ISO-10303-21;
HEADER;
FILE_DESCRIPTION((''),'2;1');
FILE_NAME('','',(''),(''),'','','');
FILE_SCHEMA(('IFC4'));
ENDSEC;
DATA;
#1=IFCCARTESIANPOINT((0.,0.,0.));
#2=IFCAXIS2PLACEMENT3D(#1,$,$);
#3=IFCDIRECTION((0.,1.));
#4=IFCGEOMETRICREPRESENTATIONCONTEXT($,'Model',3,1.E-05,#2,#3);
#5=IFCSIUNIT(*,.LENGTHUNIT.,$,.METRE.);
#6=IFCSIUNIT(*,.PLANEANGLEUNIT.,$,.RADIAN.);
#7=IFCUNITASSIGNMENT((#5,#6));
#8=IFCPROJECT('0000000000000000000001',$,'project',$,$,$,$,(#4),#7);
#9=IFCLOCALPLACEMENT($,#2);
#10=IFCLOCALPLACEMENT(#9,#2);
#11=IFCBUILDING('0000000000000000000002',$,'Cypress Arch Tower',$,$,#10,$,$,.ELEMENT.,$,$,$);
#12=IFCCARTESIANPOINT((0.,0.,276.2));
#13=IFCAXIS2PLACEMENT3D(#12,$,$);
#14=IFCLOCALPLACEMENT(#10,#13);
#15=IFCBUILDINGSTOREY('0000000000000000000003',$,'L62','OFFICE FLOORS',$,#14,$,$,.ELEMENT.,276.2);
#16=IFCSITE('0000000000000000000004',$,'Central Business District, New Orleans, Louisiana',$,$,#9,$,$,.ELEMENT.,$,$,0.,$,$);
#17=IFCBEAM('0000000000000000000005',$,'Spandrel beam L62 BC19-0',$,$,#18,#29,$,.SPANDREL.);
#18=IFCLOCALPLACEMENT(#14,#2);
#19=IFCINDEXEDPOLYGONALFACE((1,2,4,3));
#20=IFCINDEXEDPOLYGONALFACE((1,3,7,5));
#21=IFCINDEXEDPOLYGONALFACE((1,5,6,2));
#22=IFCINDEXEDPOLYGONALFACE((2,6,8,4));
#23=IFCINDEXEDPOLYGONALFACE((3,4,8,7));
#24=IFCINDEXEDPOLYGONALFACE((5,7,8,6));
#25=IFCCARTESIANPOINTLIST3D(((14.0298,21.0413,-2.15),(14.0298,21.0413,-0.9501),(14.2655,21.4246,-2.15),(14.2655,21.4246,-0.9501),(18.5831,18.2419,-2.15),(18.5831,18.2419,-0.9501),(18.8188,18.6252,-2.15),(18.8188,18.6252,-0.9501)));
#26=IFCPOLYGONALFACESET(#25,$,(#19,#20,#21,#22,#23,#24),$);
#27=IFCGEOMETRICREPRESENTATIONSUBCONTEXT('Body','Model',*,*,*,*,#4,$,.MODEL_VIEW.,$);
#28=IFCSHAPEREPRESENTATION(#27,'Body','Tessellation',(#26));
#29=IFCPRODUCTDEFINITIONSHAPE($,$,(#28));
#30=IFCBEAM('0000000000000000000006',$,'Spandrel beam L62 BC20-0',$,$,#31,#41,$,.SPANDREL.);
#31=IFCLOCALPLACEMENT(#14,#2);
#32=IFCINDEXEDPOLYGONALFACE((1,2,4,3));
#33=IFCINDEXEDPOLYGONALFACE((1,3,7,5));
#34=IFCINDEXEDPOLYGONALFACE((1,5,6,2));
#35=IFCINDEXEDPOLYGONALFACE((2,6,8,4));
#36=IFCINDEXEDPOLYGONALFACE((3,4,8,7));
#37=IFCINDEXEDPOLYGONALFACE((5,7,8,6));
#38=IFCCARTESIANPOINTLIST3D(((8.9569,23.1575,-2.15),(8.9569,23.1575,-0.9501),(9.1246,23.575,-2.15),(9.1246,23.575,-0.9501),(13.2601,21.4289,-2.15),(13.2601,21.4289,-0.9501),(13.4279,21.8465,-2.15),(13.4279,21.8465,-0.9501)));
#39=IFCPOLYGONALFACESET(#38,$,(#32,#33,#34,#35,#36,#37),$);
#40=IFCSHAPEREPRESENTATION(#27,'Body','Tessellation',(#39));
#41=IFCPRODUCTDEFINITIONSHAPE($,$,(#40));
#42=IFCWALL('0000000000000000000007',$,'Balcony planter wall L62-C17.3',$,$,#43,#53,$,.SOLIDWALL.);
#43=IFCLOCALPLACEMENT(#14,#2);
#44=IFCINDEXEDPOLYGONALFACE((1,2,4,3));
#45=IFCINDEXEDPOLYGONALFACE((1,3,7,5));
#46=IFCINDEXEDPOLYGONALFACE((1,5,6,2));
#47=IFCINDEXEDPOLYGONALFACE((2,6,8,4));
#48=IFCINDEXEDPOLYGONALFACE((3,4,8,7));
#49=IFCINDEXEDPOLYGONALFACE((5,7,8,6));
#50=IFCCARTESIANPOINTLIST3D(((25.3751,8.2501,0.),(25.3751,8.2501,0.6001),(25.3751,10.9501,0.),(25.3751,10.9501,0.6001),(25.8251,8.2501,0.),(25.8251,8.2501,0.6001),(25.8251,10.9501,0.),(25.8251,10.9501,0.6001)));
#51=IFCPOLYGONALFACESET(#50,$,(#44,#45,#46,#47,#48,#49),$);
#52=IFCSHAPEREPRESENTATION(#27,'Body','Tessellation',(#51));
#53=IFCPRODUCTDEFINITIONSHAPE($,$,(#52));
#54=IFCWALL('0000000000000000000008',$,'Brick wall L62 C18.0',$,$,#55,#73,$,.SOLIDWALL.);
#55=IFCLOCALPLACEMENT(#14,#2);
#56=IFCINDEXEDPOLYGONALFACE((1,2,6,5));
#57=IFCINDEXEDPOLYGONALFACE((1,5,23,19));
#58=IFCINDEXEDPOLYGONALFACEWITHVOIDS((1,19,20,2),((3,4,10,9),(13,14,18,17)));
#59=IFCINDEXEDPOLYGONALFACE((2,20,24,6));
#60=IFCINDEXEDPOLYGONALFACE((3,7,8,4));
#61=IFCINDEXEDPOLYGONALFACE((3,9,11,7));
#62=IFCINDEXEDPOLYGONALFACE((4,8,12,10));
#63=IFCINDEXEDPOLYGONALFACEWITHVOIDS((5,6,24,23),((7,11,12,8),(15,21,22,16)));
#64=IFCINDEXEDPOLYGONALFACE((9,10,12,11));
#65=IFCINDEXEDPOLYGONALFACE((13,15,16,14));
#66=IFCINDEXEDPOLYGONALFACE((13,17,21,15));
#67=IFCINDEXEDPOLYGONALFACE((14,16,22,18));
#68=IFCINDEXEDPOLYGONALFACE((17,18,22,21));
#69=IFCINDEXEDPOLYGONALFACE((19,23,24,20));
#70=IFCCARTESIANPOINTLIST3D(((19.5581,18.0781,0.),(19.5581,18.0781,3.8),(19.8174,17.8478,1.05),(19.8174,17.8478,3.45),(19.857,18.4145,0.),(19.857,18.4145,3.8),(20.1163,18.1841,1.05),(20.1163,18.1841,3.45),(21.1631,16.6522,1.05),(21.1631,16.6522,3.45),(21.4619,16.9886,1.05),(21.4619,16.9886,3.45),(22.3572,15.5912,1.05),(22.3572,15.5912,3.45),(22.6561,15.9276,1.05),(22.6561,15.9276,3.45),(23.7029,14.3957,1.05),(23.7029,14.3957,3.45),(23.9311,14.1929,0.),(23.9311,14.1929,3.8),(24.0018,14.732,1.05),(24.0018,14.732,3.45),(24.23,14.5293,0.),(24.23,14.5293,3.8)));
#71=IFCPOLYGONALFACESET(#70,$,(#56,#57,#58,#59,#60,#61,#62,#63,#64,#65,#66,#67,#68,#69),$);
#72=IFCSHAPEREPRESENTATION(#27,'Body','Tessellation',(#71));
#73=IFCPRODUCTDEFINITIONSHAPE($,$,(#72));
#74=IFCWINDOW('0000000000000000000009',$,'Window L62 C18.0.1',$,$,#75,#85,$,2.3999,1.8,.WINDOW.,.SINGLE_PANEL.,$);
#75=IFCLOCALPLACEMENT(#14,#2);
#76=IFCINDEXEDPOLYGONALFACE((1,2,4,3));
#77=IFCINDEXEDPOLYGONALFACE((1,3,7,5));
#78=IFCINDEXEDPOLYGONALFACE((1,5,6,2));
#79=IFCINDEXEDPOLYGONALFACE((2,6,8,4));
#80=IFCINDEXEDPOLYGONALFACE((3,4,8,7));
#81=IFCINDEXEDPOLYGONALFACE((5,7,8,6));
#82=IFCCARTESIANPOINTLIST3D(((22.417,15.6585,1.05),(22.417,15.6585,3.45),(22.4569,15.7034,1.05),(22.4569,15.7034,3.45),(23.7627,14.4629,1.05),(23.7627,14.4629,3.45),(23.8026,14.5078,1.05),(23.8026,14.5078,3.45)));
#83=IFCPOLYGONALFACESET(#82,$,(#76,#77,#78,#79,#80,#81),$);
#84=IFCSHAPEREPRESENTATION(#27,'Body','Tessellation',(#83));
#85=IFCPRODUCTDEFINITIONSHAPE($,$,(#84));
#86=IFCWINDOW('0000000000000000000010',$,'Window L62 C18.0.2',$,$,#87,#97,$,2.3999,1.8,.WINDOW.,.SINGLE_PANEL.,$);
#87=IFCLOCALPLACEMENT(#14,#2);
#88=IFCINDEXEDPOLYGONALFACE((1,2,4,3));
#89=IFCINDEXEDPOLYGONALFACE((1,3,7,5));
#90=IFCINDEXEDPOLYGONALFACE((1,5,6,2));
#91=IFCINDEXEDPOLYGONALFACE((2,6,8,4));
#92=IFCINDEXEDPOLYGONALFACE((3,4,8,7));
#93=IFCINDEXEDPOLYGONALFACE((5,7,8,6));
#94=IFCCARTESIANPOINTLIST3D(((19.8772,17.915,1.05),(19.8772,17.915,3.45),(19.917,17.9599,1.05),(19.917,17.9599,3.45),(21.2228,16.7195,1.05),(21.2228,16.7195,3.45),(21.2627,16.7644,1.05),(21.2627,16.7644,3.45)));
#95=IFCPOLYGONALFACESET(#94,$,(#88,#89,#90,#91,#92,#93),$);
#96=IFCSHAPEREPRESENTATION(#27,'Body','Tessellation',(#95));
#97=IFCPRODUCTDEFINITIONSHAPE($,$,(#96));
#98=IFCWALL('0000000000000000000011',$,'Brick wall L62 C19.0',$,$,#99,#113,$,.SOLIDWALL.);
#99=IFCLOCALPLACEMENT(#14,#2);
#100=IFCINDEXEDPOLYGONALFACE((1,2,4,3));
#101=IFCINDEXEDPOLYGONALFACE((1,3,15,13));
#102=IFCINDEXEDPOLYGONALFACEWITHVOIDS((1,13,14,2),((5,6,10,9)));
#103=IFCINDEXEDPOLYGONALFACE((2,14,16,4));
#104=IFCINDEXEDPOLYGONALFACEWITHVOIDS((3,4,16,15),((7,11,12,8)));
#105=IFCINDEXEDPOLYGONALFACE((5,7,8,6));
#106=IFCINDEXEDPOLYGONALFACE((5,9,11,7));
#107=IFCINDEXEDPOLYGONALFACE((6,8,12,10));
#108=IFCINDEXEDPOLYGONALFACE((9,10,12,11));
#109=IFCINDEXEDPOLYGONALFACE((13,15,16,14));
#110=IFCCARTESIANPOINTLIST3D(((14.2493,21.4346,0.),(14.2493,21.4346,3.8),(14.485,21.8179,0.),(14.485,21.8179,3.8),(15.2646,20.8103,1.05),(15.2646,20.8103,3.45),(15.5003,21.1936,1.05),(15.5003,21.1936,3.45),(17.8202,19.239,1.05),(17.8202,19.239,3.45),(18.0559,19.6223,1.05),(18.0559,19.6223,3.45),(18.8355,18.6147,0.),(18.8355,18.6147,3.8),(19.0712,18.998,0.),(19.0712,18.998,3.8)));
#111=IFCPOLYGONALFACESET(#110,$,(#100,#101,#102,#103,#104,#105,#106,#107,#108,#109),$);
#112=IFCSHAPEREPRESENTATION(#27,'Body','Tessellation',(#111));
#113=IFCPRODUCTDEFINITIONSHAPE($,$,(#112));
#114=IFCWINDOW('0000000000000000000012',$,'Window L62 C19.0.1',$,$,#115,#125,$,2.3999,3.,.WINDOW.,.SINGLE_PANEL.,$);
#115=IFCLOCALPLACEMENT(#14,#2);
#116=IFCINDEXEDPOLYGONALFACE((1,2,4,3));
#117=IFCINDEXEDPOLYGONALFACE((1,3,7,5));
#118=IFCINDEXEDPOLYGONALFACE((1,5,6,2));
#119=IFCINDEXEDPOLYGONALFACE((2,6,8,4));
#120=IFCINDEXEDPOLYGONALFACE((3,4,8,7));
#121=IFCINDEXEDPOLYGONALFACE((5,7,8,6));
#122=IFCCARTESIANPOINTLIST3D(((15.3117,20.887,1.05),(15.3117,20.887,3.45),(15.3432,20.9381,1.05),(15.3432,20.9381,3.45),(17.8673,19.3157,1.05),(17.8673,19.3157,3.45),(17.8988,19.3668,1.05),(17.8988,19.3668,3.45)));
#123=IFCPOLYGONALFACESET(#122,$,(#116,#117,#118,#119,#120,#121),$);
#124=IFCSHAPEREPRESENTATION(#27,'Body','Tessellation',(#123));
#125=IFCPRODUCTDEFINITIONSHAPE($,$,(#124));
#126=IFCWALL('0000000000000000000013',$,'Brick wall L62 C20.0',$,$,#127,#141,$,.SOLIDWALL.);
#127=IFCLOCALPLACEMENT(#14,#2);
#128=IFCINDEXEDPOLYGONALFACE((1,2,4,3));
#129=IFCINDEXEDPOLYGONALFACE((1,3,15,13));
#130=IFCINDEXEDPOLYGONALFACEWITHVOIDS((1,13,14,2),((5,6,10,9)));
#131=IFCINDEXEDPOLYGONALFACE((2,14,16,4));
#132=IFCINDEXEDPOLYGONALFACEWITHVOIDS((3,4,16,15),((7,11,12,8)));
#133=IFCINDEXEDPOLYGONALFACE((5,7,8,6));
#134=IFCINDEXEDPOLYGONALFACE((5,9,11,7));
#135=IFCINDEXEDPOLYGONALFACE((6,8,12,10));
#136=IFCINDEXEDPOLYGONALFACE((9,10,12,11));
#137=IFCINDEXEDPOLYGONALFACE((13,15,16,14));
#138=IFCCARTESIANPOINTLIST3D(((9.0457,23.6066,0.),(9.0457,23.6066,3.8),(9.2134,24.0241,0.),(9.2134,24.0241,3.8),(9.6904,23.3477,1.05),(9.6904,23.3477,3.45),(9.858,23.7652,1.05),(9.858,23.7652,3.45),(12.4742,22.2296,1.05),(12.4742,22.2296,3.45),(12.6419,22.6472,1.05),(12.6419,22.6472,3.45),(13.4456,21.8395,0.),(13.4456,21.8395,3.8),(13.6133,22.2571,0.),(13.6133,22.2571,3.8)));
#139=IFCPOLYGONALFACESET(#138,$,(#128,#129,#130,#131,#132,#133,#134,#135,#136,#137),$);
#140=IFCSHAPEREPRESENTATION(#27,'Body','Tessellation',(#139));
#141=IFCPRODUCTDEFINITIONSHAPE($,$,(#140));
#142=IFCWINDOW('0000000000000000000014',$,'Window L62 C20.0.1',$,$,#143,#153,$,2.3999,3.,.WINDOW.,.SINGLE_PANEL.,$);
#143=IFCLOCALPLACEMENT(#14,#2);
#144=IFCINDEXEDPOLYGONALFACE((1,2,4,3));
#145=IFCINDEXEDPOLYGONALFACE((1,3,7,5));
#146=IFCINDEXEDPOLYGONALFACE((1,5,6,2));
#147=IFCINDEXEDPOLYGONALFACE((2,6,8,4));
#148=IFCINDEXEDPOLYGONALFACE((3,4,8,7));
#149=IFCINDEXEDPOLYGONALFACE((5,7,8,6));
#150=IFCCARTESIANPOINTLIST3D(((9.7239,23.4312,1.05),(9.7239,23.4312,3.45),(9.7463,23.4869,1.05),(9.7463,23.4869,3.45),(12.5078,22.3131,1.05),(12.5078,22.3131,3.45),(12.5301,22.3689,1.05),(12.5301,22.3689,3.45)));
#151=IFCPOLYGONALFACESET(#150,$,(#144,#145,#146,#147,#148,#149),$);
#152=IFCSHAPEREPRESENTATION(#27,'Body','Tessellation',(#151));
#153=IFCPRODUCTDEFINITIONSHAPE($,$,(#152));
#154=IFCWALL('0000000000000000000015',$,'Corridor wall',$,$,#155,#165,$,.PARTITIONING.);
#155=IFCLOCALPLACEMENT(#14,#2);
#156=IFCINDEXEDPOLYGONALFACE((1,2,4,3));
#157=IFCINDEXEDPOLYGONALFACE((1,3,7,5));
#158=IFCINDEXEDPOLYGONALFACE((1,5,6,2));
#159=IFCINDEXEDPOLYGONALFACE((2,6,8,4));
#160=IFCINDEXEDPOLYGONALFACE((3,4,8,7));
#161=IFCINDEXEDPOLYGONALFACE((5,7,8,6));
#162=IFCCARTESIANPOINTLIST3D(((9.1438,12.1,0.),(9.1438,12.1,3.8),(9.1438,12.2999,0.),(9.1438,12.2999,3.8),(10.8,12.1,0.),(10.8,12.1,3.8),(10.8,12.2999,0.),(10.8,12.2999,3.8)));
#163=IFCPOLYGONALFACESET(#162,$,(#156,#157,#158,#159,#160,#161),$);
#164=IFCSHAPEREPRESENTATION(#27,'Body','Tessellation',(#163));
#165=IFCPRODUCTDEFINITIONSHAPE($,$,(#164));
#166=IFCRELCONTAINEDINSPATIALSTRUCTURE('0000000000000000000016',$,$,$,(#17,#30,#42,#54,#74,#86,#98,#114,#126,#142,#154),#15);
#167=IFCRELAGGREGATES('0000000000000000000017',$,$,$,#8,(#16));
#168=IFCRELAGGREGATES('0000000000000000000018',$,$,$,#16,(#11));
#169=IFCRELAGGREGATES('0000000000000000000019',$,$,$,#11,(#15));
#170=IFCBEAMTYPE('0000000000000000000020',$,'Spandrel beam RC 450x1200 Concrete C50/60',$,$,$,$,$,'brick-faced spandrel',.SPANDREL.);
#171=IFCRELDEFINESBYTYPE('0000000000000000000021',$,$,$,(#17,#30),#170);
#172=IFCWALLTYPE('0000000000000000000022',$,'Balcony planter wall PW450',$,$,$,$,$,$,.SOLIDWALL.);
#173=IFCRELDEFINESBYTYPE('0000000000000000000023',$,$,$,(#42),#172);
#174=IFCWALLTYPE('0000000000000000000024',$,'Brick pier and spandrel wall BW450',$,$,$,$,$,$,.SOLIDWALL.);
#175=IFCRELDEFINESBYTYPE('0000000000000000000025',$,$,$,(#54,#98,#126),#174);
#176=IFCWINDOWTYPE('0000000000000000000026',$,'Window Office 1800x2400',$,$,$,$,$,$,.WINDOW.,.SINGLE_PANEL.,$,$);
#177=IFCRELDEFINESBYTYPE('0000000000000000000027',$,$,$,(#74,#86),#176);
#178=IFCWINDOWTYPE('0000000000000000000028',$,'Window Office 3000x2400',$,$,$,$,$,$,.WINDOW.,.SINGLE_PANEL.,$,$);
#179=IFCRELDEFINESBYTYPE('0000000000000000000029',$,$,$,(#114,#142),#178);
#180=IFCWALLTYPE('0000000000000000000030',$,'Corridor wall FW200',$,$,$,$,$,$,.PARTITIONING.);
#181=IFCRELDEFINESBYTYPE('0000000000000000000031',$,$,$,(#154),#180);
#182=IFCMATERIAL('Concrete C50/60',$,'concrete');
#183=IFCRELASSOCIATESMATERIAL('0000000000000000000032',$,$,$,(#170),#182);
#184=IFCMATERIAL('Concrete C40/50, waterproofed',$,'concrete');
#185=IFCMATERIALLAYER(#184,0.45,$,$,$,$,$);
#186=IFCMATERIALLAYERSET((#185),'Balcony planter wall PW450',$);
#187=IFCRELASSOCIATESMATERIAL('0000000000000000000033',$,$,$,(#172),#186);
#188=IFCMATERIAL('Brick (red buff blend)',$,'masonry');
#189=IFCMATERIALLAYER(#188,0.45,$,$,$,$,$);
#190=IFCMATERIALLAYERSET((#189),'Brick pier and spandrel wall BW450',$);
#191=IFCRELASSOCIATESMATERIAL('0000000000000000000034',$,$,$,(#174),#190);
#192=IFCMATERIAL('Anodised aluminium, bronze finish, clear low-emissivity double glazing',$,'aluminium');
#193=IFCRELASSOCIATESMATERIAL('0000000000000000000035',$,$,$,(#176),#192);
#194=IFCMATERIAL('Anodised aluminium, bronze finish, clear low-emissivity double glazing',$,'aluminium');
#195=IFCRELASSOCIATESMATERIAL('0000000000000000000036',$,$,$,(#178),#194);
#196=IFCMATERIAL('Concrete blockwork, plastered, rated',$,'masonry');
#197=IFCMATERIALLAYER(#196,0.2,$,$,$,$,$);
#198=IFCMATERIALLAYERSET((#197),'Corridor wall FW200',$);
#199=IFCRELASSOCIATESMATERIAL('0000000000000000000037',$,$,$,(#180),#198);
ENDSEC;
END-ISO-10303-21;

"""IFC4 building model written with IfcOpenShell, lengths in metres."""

from ifc_helpers import new_model, si_unit, direction, frame, frame_2d, origin, origin_2d, place, context, subcontext, project, spatial, rectangle, extrude, material, layer, layer_set, material_profile, profile_set, type_object, element, fill, save


model = new_model("IFC4")

# Units and contexts
model_context = context("Model", 3, precision=1e-05, world=origin(), true_north=direction((0.0, 1.0)))
body_context = subcontext(model_context, "Body", "Model", "MODEL_VIEW")
ifc_project = project(units=[si_unit("LENGTHUNIT", "METRE"), si_unit("PLANEANGLEUNIT", "RADIAN")], contexts=[model_context])

# Site, building, storey
site_placement = place(None, origin())
site = spatial("IfcSite", under=ifc_project, at=site_placement, Name="Central Business District, New Orleans, Louisiana", CompositionType="ELEMENT", RefElevation=0.0)
building_placement = place(site_placement, origin())
building = spatial("IfcBuilding", under=site, at=building_placement, Name="Cypress Arch Tower", CompositionType="ELEMENT")
storey_placement = place(building_placement, frame((0.0, 0.0, 276.2)))
storey = spatial("IfcBuildingStorey", under=building, at=storey_placement, Name="L62", Description="OFFICE FLOORS", CompositionType="ELEMENT", Elevation=276.2)

# Beams
ifc_material_1 = material(Name="Concrete C50/60", Category="concrete")
ifc_material_profile_1 = material_profile(ifc_material_1, rectangle(XDim=0.45, YDim=1.2, at=origin_2d()), Name="RC 450x1200")
ifc_profile_set_1 = profile_set([ifc_material_profile_1], Name="Concrete C50/60")
beam_type_1 = type_object("IfcBeamType", Name="Spandrel beam RC 450x1200 Concrete C50/60", ElementType="brick-faced spandrel", PredefinedType="SPANDREL", material=ifc_profile_set_1)
beam_1_placement = place(storey_placement, frame((18.7009, 18.4336, -1.55), z_axis=(-0.851881, 0.523735, 0.0), x_axis=(-0.523735, -0.851881, 0.0)))
element("IfcBeam", 1, at=beam_1_placement, inside=storey, type_object=beam_type_1, Name="Spandrel beam L62 BC19-0", PredefinedType="SPANDREL", context=body_context, shape_type="SweptSolid", body=[
    extrude(rectangle(XDim=0.45, YDim=1.2, at=origin_2d()), origin(), (0.0, 0.0, 1.0), 5.345),
])
beam_2_placement = place(storey_placement, frame((13.344, 21.6377, -1.55), z_axis=(-0.927938, 0.372734, 0.0), x_axis=(-0.372734, -0.927938, 0.0)))
element("IfcBeam", 2, at=beam_2_placement, inside=storey, type_object=beam_type_1, Name="Spandrel beam L62 BC20-0", PredefinedType="SPANDREL", context=body_context, shape_type="SweptSolid", body=[
    extrude(rectangle(XDim=0.45, YDim=1.2, at=origin_2d()), origin(), (0.0, 0.0, 1.0), 4.6375),
])

# Wall
ifc_material_2 = material(Name="Concrete C40/50, waterproofed", Category="concrete")
ifc_layer_1 = layer(ifc_material_2, 0.45)
ifc_layer_set_1 = layer_set([ifc_layer_1], Name="Balcony planter wall PW450")
wall_type_1 = type_object("IfcWallType", Name="Balcony planter wall PW450", PredefinedType="SOLIDWALL", material=ifc_layer_set_1)
wall_1_placement = place(storey_placement, frame((25.6001, 8.25, 0.0), z_axis=(0.0, 0.0, 1.0), x_axis=(0.0, 1.0, 0.0)))
element("IfcWall", 3, at=wall_1_placement, inside=storey, type_object=wall_type_1, Name="Balcony planter wall L62-C17.3", PredefinedType="SOLIDWALL", context=body_context, shape_type="SweptSolid", body=[
    extrude(rectangle(XDim=2.7, YDim=0.45, at=frame_2d((1.3501, 0.0))), origin(), (0.0, 0.0, 1.0), 0.6001),
])

# Wall, openings, windows
ifc_material_3 = material(Name="Brick (red buff blend)", Category="masonry")
ifc_layer_2 = layer(ifc_material_3, 0.45)
ifc_layer_set_2 = layer_set([ifc_layer_2], Name="Brick pier and spandrel wall BW450")
wall_type_2 = type_object("IfcWallType", Name="Brick pier and spandrel wall BW450", PredefinedType="SOLIDWALL", material=ifc_layer_set_2)
wall_2_placement = place(storey_placement, frame((24.0806, 14.3611, 0.0), z_axis=(0.0, 0.0, 1.0), x_axis=(-0.74757, 0.664182, 0.0)))
wall_2 = element("IfcWall", 4, at=wall_2_placement, inside=storey, type_object=wall_type_2, Name="Brick wall L62 C18.0", PredefinedType="SOLIDWALL", context=body_context, shape_type="SweptSolid", body=[
    extrude(rectangle(XDim=5.8496, YDim=0.45, at=frame_2d((2.9248, 0.0))), origin(), (0.0, 0.0, 1.0), 3.8),
])
opening_1_placement = place(wall_2_placement, frame((0.3054, 0.0, 1.05)))
opening_1 = element("IfcOpeningElement", 5, at=opening_1_placement, cuts=wall_2, PredefinedType="OPENING", context=body_context, shape_type="SweptSolid", body=[
    extrude(rectangle(XDim=1.8, YDim=2.3999, at=frame_2d((0.8999, 1.2))), frame((0.0, 0.2349, 0.0), z_axis=(0.0, -1.0, 0.0), x_axis=(1.0, 0.0, 0.0)), (0.0, 0.0, 1.0), 0.47),
])
opening_2_placement = place(wall_2_placement, frame((3.7029, 0.0, 1.05)))
opening_2 = element("IfcOpeningElement", 6, at=opening_2_placement, cuts=wall_2, PredefinedType="OPENING", context=body_context, shape_type="SweptSolid", body=[
    extrude(rectangle(XDim=1.8, YDim=2.3999, at=frame_2d((0.8999, 1.2))), frame((0.0, 0.2349, 0.0), z_axis=(0.0, -1.0, 0.0), x_axis=(1.0, 0.0, 0.0)), (0.0, 0.0, 1.0), 0.47),
])
ifc_material_4 = material(Name="Anodised aluminium, bronze finish, clear low-emissivity double glazing", Category="aluminium")
window_type_1 = type_object("IfcWindowType", Name="Window Office 1800x2400", PartitioningType="SINGLE_PANEL", PredefinedType="WINDOW", material=ifc_material_4)
window_1_placement = place(opening_1_placement, origin())
window_1 = element("IfcWindow", 7, at=window_1_placement, inside=storey, type_object=window_type_1, Name="Window L62 C18.0.1", OverallHeight=2.3999, OverallWidth=1.8, PartitioningType="SINGLE_PANEL", PredefinedType="WINDOW", context=body_context, shape_type="SweptSolid", body=[
    extrude(rectangle(XDim=1.8, YDim=2.3999, at=frame_2d((0.8999, 1.2))), frame((0.0, 0.135, 0.0), z_axis=(0.0, -1.0, 0.0), x_axis=(1.0, 0.0, 0.0)), (0.0, 0.0, 1.0), 0.0601),
])
fill(opening_1, window_1)
window_2_placement = place(opening_2_placement, origin())
window_2 = element("IfcWindow", 8, at=window_2_placement, inside=storey, type_object=window_type_1, Name="Window L62 C18.0.2", OverallHeight=2.3999, OverallWidth=1.8, PartitioningType="SINGLE_PANEL", PredefinedType="WINDOW", context=body_context, shape_type="SweptSolid", body=[
    extrude(rectangle(XDim=1.8, YDim=2.3999, at=frame_2d((0.8999, 1.2))), frame((0.0, 0.135, 0.0), z_axis=(0.0, -1.0, 0.0), x_axis=(1.0, 0.0, 0.0)), (0.0, 0.0, 1.0), 0.0601),
])
fill(opening_2, window_2)

# Walls, openings, windows
wall_3_placement = place(storey_placement, frame((18.9534, 18.8064, 0.0), z_axis=(0.0, 0.0, 1.0), x_axis=(-0.851861, 0.523768, 0.0)))
wall_3 = element("IfcWall", 9, at=wall_3_placement, inside=storey, type_object=wall_type_2, Name="Brick wall L62 C19.0", PredefinedType="SOLIDWALL", context=body_context, shape_type="SweptSolid", body=[
    extrude(rectangle(XDim=5.3838, YDim=0.45, at=frame_2d((2.6919, 0.0))), origin(), (0.0, 0.0, 1.0), 3.8),
])
opening_3_placement = place(wall_3_placement, frame((1.1919, 0.0, 1.05)))
opening_3 = element("IfcOpeningElement", 10, at=opening_3_placement, cuts=wall_3, PredefinedType="OPENING", context=body_context, shape_type="SweptSolid", body=[
    extrude(rectangle(XDim=3.0, YDim=2.3999, at=frame_2d((1.5, 1.2))), frame((0.0, 0.2349, 0.0), z_axis=(0.0, -1.0, 0.0), x_axis=(1.0, 0.0, 0.0)), (0.0, 0.0, 1.0), 0.47),
])
ifc_material_5 = material(Name="Anodised aluminium, bronze finish, clear low-emissivity double glazing", Category="aluminium")
window_type_2 = type_object("IfcWindowType", Name="Window Office 3000x2400", PartitioningType="SINGLE_PANEL", PredefinedType="WINDOW", material=ifc_material_5)
window_3_placement = place(opening_3_placement, origin())
window_3 = element("IfcWindow", 11, at=window_3_placement, inside=storey, type_object=window_type_2, Name="Window L62 C19.0.1", OverallHeight=2.3999, OverallWidth=3.0, PartitioningType="SINGLE_PANEL", PredefinedType="WINDOW", context=body_context, shape_type="SweptSolid", body=[
    extrude(rectangle(XDim=3.0, YDim=2.3999, at=frame_2d((1.5, 1.2))), frame((0.0, 0.135, 0.0), z_axis=(0.0, -1.0, 0.0), x_axis=(1.0, 0.0, 0.0)), (0.0, 0.0, 1.0), 0.0601),
])
fill(opening_3, window_3)
wall_4_placement = place(storey_placement, frame((13.5293, 22.0483, 0.0), z_axis=(0.0, 0.0, 1.0), x_axis=(-0.927957, 0.372686, 0.0)))
wall_4 = element("IfcWall", 12, at=wall_4_placement, inside=storey, type_object=wall_type_2, Name="Brick wall L62 C20.0", PredefinedType="SOLIDWALL", context=body_context, shape_type="SweptSolid", body=[
    extrude(rectangle(XDim=4.7415, YDim=0.45, at=frame_2d((2.3706, 0.0))), origin(), (0.0, 0.0, 1.0), 3.8),
])
opening_4_placement = place(wall_4_placement, frame((1.0466, 0.0, 1.05)))
opening_4 = element("IfcOpeningElement", 13, at=opening_4_placement, cuts=wall_4, PredefinedType="OPENING", context=body_context, shape_type="SweptSolid", body=[
    extrude(rectangle(XDim=3.0, YDim=2.3999, at=frame_2d((1.5, 1.2))), frame((0.0, 0.2349, 0.0), z_axis=(0.0, -1.0, 0.0), x_axis=(1.0, 0.0, 0.0)), (0.0, 0.0, 1.0), 0.47),
])
window_4_placement = place(opening_4_placement, origin())
window_4 = element("IfcWindow", 14, at=window_4_placement, inside=storey, type_object=window_type_2, Name="Window L62 C20.0.1", OverallHeight=2.3999, OverallWidth=3.0, PartitioningType="SINGLE_PANEL", PredefinedType="WINDOW", context=body_context, shape_type="SweptSolid", body=[
    extrude(rectangle(XDim=3.0, YDim=2.3999, at=frame_2d((1.5, 1.2))), frame((0.0, 0.135, 0.0), z_axis=(0.0, -1.0, 0.0), x_axis=(1.0, 0.0, 0.0)), (0.0, 0.0, 1.0), 0.0601),
])
fill(opening_4, window_4)

# Wall
ifc_material_6 = material(Name="Concrete blockwork, plastered, rated", Category="masonry")
ifc_layer_3 = layer(ifc_material_6, 0.2)
ifc_layer_set_3 = layer_set([ifc_layer_3], Name="Corridor wall FW200")
wall_type_3 = type_object("IfcWallType", Name="Corridor wall FW200", PredefinedType="PARTITIONING", material=ifc_layer_set_3)
wall_5_placement = place(storey_placement, frame((9.1438, 12.2, 0.0), z_axis=(0.0, 0.0, 1.0), x_axis=(1.0, 0.0, 0.0)))
element("IfcWall", 15, at=wall_5_placement, inside=storey, type_object=wall_type_3, Name="Corridor wall", PredefinedType="PARTITIONING", context=body_context, shape_type="SweptSolid", body=[
    extrude(rectangle(XDim=1.6562, YDim=0.2, at=frame_2d((0.8281, 0.0))), origin(), (0.0, 0.0, 1.0), 3.8),
])

save(model, "model.ifc")
